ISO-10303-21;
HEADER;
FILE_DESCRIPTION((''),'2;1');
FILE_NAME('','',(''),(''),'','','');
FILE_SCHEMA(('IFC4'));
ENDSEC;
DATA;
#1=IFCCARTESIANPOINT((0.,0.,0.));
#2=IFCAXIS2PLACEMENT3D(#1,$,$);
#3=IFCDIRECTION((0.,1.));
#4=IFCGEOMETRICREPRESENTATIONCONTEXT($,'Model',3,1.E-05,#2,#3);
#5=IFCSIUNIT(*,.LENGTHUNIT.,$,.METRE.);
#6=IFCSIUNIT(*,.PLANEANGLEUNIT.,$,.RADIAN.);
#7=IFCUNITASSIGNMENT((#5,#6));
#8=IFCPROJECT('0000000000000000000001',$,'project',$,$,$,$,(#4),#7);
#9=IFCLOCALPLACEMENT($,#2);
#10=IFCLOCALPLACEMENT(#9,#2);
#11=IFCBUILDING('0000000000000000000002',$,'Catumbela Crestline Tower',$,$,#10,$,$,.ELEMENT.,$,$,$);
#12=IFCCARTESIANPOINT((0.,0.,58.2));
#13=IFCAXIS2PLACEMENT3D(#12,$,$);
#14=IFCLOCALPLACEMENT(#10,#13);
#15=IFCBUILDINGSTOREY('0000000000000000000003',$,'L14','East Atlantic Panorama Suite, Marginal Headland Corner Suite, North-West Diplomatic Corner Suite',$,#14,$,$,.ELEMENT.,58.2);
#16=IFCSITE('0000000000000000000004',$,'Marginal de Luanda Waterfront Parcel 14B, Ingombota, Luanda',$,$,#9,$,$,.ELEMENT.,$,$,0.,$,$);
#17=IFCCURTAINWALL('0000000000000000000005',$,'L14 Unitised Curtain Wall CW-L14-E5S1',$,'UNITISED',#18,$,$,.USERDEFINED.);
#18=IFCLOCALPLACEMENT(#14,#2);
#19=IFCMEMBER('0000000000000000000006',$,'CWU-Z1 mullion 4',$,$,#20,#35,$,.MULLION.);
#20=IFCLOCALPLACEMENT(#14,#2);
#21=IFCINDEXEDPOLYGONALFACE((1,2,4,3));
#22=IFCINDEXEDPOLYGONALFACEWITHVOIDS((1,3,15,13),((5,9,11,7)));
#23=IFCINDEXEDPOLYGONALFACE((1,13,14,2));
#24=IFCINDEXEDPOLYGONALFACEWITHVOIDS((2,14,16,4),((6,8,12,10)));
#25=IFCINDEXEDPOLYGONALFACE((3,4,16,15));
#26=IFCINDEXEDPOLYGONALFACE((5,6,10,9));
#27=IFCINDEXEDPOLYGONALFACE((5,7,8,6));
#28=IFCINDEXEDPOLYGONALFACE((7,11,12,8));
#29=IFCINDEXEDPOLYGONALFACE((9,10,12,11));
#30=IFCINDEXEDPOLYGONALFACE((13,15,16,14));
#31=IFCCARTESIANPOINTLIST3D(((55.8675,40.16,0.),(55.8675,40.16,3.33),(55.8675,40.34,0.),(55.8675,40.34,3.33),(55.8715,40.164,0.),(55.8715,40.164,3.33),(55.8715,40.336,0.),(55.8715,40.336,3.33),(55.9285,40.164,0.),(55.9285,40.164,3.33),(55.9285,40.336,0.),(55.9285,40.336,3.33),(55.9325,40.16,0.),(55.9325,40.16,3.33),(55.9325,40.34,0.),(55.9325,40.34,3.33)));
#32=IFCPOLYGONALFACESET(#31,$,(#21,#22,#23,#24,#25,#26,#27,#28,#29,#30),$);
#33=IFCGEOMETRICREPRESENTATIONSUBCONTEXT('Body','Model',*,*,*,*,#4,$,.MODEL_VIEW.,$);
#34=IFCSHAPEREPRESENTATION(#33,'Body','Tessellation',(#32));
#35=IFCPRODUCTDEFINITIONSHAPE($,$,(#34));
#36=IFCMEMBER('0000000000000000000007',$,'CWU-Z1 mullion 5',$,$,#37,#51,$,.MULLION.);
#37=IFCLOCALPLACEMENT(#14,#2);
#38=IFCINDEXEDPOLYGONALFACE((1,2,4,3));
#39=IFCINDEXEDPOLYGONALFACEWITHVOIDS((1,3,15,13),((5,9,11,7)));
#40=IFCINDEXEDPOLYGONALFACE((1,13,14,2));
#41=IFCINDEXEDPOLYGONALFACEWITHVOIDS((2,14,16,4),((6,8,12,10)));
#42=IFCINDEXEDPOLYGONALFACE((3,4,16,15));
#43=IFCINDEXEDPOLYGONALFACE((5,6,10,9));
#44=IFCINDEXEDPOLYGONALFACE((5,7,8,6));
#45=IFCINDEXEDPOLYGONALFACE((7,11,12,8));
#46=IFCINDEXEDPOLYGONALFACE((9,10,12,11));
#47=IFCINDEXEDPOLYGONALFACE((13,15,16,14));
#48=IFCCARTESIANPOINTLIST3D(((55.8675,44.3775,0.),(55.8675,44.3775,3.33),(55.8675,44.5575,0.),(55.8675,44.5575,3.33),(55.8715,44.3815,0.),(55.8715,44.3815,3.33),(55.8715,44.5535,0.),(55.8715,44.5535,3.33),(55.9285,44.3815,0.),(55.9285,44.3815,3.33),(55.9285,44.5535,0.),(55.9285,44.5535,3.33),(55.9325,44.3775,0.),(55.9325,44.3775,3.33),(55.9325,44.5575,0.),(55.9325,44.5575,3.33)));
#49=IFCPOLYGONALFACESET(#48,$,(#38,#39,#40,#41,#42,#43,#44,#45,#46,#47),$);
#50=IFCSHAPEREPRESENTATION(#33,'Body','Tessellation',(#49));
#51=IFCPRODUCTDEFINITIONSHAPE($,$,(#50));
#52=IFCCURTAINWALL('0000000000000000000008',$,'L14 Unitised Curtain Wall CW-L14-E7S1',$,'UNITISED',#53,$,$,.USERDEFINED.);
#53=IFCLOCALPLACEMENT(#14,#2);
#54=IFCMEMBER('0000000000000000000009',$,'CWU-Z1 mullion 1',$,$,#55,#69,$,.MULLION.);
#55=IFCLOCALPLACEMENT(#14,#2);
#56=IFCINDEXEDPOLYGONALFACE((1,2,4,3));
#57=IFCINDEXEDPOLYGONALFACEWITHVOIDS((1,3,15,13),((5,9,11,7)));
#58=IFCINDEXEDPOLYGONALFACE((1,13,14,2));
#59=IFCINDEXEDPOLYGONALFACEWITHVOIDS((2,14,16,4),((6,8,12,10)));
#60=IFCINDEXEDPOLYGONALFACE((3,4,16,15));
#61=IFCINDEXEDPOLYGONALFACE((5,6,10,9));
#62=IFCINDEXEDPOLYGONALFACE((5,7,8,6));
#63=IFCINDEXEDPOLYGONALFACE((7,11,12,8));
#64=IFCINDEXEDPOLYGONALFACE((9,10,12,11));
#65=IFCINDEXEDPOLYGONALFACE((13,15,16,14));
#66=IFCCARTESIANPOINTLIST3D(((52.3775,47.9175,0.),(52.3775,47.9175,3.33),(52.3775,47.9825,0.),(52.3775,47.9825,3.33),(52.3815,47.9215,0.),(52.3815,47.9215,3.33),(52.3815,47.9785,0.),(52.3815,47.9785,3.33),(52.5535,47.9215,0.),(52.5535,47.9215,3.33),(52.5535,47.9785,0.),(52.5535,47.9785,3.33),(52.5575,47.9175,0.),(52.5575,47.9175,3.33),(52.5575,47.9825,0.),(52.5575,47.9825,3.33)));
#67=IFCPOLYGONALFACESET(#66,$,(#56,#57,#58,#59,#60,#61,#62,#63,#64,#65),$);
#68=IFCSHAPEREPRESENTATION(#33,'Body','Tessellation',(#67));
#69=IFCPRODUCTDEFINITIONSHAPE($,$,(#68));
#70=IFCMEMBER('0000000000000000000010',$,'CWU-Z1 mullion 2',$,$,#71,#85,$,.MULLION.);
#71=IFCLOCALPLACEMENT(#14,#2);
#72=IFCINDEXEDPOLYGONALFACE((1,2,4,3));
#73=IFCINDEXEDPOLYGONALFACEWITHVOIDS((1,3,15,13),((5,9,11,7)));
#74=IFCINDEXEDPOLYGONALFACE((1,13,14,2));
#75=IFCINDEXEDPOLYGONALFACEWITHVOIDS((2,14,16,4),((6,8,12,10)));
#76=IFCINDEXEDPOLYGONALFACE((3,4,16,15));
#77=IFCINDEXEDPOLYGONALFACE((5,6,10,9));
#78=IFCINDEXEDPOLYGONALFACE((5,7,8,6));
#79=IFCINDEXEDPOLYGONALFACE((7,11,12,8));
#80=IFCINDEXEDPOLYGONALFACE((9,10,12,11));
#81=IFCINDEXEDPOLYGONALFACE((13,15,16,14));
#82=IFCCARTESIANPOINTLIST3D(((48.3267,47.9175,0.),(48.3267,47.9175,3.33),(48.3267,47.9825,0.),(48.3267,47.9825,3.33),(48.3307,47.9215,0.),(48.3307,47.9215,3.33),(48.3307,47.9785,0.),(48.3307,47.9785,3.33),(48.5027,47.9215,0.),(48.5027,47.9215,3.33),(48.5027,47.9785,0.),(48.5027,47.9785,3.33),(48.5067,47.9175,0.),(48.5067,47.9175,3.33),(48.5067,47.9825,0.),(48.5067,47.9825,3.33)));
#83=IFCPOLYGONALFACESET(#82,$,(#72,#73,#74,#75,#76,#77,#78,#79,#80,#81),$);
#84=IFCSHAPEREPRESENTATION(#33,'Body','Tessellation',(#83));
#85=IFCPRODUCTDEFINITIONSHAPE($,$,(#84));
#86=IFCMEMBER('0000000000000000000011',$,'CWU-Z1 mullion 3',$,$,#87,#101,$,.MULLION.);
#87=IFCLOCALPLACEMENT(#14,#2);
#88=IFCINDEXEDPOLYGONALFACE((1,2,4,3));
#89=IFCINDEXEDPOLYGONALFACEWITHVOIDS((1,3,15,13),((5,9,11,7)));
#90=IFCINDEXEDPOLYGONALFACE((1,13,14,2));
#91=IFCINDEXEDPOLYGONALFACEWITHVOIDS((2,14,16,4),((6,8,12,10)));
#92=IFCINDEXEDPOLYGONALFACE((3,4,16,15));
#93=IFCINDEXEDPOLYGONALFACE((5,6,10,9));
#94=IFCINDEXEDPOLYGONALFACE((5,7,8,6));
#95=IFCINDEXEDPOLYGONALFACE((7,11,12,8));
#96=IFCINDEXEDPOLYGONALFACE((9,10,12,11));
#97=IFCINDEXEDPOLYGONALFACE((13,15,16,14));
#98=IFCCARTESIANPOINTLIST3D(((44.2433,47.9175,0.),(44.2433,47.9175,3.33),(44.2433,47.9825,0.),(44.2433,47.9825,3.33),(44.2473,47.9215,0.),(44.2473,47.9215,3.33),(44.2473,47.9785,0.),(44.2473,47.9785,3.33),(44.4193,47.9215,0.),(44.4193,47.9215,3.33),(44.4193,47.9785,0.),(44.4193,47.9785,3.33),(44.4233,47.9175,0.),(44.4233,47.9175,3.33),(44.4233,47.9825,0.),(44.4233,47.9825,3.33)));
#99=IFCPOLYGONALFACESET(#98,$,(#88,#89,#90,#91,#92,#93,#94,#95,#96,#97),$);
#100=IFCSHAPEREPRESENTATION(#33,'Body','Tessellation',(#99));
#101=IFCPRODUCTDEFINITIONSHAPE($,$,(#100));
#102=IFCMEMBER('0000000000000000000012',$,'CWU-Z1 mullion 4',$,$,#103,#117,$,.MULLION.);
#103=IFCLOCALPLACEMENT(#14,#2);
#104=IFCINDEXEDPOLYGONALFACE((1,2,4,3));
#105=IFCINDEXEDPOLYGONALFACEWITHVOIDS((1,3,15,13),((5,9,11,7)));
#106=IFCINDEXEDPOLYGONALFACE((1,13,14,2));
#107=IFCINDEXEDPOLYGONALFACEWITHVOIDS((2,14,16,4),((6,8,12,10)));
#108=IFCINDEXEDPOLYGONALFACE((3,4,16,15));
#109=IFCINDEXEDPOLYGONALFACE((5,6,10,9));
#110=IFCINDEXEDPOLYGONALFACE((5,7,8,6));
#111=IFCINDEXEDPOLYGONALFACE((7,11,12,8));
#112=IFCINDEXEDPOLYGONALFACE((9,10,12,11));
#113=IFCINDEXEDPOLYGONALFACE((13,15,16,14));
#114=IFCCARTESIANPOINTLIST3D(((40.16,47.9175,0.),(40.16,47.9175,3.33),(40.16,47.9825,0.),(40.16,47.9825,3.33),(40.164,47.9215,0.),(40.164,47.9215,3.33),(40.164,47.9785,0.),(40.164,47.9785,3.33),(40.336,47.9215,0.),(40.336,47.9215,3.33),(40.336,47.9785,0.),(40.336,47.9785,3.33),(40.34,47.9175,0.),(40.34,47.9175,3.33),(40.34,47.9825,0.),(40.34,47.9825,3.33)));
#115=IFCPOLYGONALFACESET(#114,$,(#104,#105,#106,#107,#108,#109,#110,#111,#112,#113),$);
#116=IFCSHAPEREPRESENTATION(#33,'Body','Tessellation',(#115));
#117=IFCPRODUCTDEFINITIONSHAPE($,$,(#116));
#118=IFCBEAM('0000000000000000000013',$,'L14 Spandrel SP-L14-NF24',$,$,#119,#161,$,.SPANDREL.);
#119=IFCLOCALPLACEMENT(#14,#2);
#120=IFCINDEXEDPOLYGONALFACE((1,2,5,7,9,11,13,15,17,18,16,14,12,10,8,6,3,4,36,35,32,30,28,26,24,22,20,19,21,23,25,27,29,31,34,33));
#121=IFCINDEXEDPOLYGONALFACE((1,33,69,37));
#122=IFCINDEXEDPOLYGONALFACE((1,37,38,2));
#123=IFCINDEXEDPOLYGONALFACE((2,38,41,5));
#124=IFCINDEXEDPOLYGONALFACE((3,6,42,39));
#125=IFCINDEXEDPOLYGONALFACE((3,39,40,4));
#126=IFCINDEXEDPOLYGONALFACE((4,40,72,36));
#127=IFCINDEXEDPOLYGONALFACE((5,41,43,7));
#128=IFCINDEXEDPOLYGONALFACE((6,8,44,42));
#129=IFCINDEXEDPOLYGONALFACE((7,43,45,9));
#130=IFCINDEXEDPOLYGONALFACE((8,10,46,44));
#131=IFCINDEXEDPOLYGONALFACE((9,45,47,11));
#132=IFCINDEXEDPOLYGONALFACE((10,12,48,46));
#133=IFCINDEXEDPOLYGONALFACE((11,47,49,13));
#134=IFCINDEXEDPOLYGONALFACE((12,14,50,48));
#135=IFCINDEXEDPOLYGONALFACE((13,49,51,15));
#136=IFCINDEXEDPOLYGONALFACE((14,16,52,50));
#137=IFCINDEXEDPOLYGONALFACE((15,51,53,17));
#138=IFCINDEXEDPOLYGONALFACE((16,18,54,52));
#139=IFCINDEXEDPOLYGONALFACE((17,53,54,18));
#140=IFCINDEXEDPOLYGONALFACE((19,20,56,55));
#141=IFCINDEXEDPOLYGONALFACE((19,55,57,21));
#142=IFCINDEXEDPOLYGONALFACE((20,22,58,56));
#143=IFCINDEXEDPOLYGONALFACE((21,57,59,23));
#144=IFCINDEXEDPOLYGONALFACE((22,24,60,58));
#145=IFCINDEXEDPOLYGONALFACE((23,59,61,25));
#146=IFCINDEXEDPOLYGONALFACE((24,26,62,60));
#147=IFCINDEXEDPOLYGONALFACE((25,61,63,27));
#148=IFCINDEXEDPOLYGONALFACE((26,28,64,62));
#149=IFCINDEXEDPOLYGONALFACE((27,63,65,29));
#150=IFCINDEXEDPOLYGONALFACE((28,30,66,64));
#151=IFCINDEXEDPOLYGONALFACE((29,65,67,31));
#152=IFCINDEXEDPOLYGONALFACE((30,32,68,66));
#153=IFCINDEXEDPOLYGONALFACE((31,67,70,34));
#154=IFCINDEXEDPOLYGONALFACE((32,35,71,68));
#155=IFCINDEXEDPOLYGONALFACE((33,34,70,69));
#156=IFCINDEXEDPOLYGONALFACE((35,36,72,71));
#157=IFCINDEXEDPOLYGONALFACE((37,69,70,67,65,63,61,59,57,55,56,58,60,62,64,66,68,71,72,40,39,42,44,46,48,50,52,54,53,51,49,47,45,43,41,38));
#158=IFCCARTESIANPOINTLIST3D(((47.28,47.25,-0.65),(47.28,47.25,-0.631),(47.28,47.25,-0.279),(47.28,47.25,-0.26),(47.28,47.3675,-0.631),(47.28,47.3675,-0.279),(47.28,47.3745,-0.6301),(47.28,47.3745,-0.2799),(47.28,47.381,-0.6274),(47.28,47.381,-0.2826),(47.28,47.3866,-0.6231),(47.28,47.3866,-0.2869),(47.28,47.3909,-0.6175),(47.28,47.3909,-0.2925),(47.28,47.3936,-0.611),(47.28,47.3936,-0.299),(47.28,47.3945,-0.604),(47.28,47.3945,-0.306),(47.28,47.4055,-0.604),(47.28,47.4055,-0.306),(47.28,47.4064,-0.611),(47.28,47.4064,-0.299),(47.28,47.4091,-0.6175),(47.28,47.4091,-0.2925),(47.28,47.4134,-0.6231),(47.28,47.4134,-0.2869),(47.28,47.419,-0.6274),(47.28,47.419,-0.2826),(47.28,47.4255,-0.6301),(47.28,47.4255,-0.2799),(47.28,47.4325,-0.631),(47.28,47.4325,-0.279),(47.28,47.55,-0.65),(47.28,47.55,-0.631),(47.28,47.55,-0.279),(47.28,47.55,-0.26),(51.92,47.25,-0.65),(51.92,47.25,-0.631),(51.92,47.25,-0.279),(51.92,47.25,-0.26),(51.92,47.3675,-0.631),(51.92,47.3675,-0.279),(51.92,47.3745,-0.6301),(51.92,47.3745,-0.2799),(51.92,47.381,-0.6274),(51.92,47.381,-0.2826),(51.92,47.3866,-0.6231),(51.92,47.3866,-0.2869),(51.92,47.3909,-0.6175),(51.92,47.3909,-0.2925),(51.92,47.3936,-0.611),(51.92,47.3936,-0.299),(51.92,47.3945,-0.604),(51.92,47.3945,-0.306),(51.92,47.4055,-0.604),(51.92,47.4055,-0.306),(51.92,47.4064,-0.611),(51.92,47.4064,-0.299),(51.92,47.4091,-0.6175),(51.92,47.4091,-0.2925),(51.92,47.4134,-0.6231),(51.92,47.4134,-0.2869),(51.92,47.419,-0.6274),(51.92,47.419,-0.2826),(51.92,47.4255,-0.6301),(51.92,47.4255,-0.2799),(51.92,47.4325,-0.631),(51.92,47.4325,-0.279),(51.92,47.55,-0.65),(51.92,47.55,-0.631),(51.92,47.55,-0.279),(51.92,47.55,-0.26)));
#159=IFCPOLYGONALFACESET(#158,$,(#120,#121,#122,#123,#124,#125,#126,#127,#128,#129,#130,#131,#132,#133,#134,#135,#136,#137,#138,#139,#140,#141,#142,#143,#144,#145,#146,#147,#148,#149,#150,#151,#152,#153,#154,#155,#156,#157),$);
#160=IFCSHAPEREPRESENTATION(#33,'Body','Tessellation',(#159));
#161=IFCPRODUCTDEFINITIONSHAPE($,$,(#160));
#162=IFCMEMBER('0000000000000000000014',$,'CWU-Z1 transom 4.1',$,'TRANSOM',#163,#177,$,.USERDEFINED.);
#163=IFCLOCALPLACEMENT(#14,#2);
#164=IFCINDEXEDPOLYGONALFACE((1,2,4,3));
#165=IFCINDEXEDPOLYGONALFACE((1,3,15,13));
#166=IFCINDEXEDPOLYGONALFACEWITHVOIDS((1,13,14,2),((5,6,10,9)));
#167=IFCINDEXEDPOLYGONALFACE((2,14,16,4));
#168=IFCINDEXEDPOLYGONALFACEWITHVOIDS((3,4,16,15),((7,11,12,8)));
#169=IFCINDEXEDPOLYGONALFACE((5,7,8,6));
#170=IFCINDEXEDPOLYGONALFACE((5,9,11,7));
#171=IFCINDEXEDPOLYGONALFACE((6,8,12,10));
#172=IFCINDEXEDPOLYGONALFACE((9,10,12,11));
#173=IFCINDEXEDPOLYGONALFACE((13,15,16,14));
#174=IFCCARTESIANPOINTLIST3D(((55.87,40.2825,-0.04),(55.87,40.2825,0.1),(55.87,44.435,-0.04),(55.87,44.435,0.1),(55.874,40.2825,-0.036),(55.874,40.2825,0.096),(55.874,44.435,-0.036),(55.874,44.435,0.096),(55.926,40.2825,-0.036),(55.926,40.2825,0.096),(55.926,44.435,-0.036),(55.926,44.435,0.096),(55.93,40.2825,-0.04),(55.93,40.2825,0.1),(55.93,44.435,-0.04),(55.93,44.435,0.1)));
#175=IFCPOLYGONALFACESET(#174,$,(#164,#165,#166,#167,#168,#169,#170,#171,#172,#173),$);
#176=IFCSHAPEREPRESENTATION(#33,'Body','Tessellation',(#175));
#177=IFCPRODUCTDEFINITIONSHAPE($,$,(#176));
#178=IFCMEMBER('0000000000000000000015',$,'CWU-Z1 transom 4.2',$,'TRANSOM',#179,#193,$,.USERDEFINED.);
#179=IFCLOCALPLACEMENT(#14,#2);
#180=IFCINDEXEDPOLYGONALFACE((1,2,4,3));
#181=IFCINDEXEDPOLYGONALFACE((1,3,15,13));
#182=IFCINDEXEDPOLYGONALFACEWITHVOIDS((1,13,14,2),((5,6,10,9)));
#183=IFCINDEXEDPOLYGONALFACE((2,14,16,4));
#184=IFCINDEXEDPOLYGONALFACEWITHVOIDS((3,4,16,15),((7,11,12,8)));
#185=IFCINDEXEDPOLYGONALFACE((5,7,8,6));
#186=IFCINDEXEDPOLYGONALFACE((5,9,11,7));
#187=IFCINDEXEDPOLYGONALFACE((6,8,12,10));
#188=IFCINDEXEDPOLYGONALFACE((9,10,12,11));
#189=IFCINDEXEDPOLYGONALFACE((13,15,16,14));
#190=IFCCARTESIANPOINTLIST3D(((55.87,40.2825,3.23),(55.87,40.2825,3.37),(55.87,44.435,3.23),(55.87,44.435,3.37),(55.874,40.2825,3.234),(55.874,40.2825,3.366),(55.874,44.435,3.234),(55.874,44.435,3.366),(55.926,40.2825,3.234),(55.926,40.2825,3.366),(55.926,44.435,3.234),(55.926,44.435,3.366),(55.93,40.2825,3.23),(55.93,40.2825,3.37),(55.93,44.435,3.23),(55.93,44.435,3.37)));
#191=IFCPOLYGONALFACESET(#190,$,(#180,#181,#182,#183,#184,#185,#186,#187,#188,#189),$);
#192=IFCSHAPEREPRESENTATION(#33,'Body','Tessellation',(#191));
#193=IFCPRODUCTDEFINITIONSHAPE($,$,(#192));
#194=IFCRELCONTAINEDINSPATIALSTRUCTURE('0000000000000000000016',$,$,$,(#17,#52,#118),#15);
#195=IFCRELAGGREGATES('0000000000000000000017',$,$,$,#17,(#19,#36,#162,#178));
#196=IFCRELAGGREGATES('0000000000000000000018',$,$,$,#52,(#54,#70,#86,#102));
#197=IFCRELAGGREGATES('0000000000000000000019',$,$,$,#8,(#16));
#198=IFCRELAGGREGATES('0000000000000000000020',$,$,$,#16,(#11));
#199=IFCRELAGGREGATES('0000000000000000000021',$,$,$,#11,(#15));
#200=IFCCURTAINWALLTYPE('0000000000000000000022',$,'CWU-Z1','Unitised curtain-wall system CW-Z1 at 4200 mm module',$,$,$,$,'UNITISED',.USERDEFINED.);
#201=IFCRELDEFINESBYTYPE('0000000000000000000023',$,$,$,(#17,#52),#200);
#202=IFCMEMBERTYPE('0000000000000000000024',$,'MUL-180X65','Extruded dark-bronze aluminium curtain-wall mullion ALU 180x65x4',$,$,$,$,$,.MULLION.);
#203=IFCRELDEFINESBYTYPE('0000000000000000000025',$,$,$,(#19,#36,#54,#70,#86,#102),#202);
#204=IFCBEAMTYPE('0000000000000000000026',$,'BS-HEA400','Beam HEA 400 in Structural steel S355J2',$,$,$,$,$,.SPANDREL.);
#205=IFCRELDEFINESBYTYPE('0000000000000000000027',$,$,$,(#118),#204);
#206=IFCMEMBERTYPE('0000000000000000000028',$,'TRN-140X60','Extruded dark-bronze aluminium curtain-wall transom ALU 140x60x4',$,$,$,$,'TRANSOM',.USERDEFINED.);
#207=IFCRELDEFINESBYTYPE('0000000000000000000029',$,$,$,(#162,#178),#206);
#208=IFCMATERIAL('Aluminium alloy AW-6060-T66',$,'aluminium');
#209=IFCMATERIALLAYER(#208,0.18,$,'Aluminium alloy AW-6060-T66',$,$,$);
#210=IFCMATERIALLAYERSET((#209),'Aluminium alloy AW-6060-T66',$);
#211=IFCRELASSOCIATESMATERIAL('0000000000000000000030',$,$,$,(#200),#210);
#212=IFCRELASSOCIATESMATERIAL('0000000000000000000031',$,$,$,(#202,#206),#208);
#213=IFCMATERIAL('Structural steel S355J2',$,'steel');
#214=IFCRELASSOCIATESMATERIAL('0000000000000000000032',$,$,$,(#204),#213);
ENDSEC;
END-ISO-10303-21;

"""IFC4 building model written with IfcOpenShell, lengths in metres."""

from ifc_helpers import new_model, si_unit, direction, frame, origin, origin_2d, place, context, subcontext, project, spatial, hollow_rectangle, i_section, extrude, material, layer, layer_set, material_profile, profile_set, type_object, element, aggregate, save


model = new_model("IFC4")

# Units and contexts
model_context = context("Model", 3, precision=1e-05, world=origin(), true_north=direction((0.0, 1.0)))
body_context = subcontext(model_context, "Body", "Model", "MODEL_VIEW")
ifc_project = project(units=[si_unit("LENGTHUNIT", "METRE"), si_unit("PLANEANGLEUNIT", "RADIAN")], contexts=[model_context])

# Site, building, storey
site_placement = place(None, origin())
site = spatial("IfcSite", under=ifc_project, at=site_placement, Name="Marginal de Luanda Waterfront Parcel 14B, Ingombota, Luanda", CompositionType="ELEMENT", RefElevation=0.0)
building_placement = place(site_placement, origin())
building = spatial("IfcBuilding", under=site, at=building_placement, Name="Catumbela Crestline Tower", CompositionType="ELEMENT")
storey_placement = place(building_placement, frame((0.0, 0.0, 58.2)))
storey = spatial("IfcBuildingStorey", under=building, at=storey_placement, Name="L14", Description="East Atlantic Panorama Suite, Marginal Headland Corner Suite, North-West Diplomatic Corner Suite", CompositionType="ELEMENT", Elevation=58.2)

# Curtain walls, members
ifc_material_1 = material(Name="Aluminium alloy AW-6060-T66", Category="aluminium")
ifc_layer_1 = layer(ifc_material_1, 0.18, Name="Aluminium alloy AW-6060-T66")
ifc_layer_set_1 = layer_set([ifc_layer_1], Name="Aluminium alloy AW-6060-T66")
curtain_wall_type = type_object("IfcCurtainWallType", Name="CWU-Z1", Description="Unitised curtain-wall system CW-Z1 at 4200 mm module", ElementType="UNITISED", PredefinedType="USERDEFINED", material=ifc_layer_set_1)
curtain_wall_1_placement = place(storey_placement, origin())
curtain_wall_1 = element("IfcCurtainWall", 1, at=curtain_wall_1_placement, inside=storey, type_object=curtain_wall_type, Name="L14 Unitised Curtain Wall CW-L14-E5S1", ObjectType="UNITISED", PredefinedType="USERDEFINED")
ifc_material_profile_1 = material_profile(ifc_material_1, hollow_rectangle(XDim=0.065, YDim=0.18, WallThickness=0.004, at=origin_2d()), Name="ALU 180x65x4")
ifc_profile_set_1 = profile_set([ifc_material_profile_1], Name="Aluminium alloy AW-6060-T66")
member_type_1 = type_object("IfcMemberType", Name="MUL-180X65", Description="Extruded dark-bronze aluminium curtain-wall mullion ALU 180x65x4", PredefinedType="MULLION", material=ifc_profile_set_1)
member_1_placement = place(storey_placement, frame((55.9, 40.25, 0.0), z_axis=(0.0, 0.0, 1.0), x_axis=(-1.0, 0.0, 0.0)))
member_1 = element("IfcMember", 2, at=member_1_placement, type_object=member_type_1, Name="CWU-Z1 mullion 4", PredefinedType="MULLION", context=body_context, shape_type="SweptSolid", body=[
    extrude(hollow_rectangle(XDim=0.065, YDim=0.18, WallThickness=0.004, at=origin_2d()), origin(), (0.0, 0.0, 1.0), 3.33),
])
member_2_placement = place(storey_placement, frame((55.9, 44.4675, 0.0), z_axis=(0.0, 0.0, 1.0), x_axis=(-1.0, 0.0, 0.0)))
member_2 = element("IfcMember", 3, at=member_2_placement, type_object=member_type_1, Name="CWU-Z1 mullion 5", PredefinedType="MULLION", context=body_context, shape_type="SweptSolid", body=[
    extrude(hollow_rectangle(XDim=0.065, YDim=0.18, WallThickness=0.004, at=origin_2d()), origin(), (0.0, 0.0, 1.0), 3.33),
])
curtain_wall_2_placement = place(storey_placement, origin())
curtain_wall_2 = element("IfcCurtainWall", 4, at=curtain_wall_2_placement, inside=storey, type_object=curtain_wall_type, Name="L14 Unitised Curtain Wall CW-L14-E7S1", ObjectType="UNITISED", PredefinedType="USERDEFINED")
member_3_placement = place(storey_placement, frame((52.4675, 47.95, 0.0), z_axis=(0.0, 0.0, 1.0), x_axis=(0.0, -1.0, 0.0)))
member_3 = element("IfcMember", 5, at=member_3_placement, type_object=member_type_1, Name="CWU-Z1 mullion 1", PredefinedType="MULLION", context=body_context, shape_type="SweptSolid", body=[
    extrude(hollow_rectangle(XDim=0.065, YDim=0.18, WallThickness=0.004, at=origin_2d()), origin(), (0.0, 0.0, 1.0), 3.33),
])
member_4_placement = place(storey_placement, frame((48.4167, 47.95, 0.0), z_axis=(0.0, 0.0, 1.0), x_axis=(0.0, -1.0, 0.0)))
member_4 = element("IfcMember", 6, at=member_4_placement, type_object=member_type_1, Name="CWU-Z1 mullion 2", PredefinedType="MULLION", context=body_context, shape_type="SweptSolid", body=[
    extrude(hollow_rectangle(XDim=0.065, YDim=0.18, WallThickness=0.004, at=origin_2d()), origin(), (0.0, 0.0, 1.0), 3.33),
])
member_5_placement = place(storey_placement, frame((44.3333, 47.95, 0.0), z_axis=(0.0, 0.0, 1.0), x_axis=(0.0, -1.0, 0.0)))
member_5 = element("IfcMember", 7, at=member_5_placement, type_object=member_type_1, Name="CWU-Z1 mullion 3", PredefinedType="MULLION", context=body_context, shape_type="SweptSolid", body=[
    extrude(hollow_rectangle(XDim=0.065, YDim=0.18, WallThickness=0.004, at=origin_2d()), origin(), (0.0, 0.0, 1.0), 3.33),
])
member_6_placement = place(storey_placement, frame((40.25, 47.95, 0.0), z_axis=(0.0, 0.0, 1.0), x_axis=(0.0, -1.0, 0.0)))
member_6 = element("IfcMember", 8, at=member_6_placement, type_object=member_type_1, Name="CWU-Z1 mullion 4", PredefinedType="MULLION", context=body_context, shape_type="SweptSolid", body=[
    extrude(hollow_rectangle(XDim=0.065, YDim=0.18, WallThickness=0.004, at=origin_2d()), origin(), (0.0, 0.0, 1.0), 3.33),
])

# Beam
ifc_material_2 = material(Name="Structural steel S355J2", Category="steel")
ifc_material_profile_2 = material_profile(ifc_material_2, i_section(OverallWidth=0.3, OverallDepth=0.39, WebThickness=0.011, FlangeThickness=0.019, FilletRadius=0.027, at=origin_2d()), Name="HEA 400")
ifc_profile_set_2 = profile_set([ifc_material_profile_2], Name="Structural steel S355J2")
beam_type = type_object("IfcBeamType", Name="BS-HEA400", Description="Beam HEA 400 in Structural steel S355J2", PredefinedType="SPANDREL", material=ifc_profile_set_2)
beam_placement = place(storey_placement, frame((47.28, 47.4, -0.455), z_axis=(1.0, 0.0, 0.0), x_axis=(0.0, 1.0, 0.0)))
element("IfcBeam", 9, at=beam_placement, inside=storey, type_object=beam_type, Name="L14 Spandrel SP-L14-NF24", PredefinedType="SPANDREL", context=body_context, shape_type="SweptSolid", body=[
    extrude(i_section(OverallWidth=0.3, OverallDepth=0.39, WebThickness=0.011, FlangeThickness=0.019, FilletRadius=0.027, at=origin_2d()), origin(), (0.0, 0.0, 1.0), 4.64),
])

# Members
ifc_material_profile_3 = material_profile(ifc_material_1, hollow_rectangle(XDim=0.06, YDim=0.14, WallThickness=0.004, at=origin_2d()), Name="ALU 140x60x4")
ifc_profile_set_3 = profile_set([ifc_material_profile_3], Name="Aluminium alloy AW-6060-T66")
member_type_2 = type_object("IfcMemberType", Name="TRN-140X60", Description="Extruded dark-bronze aluminium curtain-wall transom ALU 140x60x4", ElementType="TRANSOM", PredefinedType="USERDEFINED", material=ifc_profile_set_3)
member_7_placement = place(storey_placement, frame((55.9, 40.2825, 0.03), z_axis=(0.0, 1.0, 0.0), x_axis=(-1.0, 0.0, 0.0)))
member_7 = element("IfcMember", 10, at=member_7_placement, type_object=member_type_2, Name="CWU-Z1 transom 4.1", ObjectType="TRANSOM", PredefinedType="USERDEFINED", context=body_context, shape_type="SweptSolid", body=[
    extrude(hollow_rectangle(XDim=0.06, YDim=0.14, WallThickness=0.004, at=origin_2d()), origin(), (0.0, 0.0, 1.0), 4.1525),
])
member_8_placement = place(storey_placement, frame((55.9, 40.2825, 3.3), z_axis=(0.0, 1.0, 0.0), x_axis=(-1.0, 0.0, 0.0)))
member_8 = element("IfcMember", 11, at=member_8_placement, type_object=member_type_2, Name="CWU-Z1 transom 4.2", ObjectType="TRANSOM", PredefinedType="USERDEFINED", context=body_context, shape_type="SweptSolid", body=[
    extrude(hollow_rectangle(XDim=0.06, YDim=0.14, WallThickness=0.004, at=origin_2d()), origin(), (0.0, 0.0, 1.0), 4.1525),
])

aggregate(curtain_wall_1, [member_1, member_2, member_7, member_8])
aggregate(curtain_wall_2, [member_3, member_4, member_5, member_6])

save(model, "model.ifc")
